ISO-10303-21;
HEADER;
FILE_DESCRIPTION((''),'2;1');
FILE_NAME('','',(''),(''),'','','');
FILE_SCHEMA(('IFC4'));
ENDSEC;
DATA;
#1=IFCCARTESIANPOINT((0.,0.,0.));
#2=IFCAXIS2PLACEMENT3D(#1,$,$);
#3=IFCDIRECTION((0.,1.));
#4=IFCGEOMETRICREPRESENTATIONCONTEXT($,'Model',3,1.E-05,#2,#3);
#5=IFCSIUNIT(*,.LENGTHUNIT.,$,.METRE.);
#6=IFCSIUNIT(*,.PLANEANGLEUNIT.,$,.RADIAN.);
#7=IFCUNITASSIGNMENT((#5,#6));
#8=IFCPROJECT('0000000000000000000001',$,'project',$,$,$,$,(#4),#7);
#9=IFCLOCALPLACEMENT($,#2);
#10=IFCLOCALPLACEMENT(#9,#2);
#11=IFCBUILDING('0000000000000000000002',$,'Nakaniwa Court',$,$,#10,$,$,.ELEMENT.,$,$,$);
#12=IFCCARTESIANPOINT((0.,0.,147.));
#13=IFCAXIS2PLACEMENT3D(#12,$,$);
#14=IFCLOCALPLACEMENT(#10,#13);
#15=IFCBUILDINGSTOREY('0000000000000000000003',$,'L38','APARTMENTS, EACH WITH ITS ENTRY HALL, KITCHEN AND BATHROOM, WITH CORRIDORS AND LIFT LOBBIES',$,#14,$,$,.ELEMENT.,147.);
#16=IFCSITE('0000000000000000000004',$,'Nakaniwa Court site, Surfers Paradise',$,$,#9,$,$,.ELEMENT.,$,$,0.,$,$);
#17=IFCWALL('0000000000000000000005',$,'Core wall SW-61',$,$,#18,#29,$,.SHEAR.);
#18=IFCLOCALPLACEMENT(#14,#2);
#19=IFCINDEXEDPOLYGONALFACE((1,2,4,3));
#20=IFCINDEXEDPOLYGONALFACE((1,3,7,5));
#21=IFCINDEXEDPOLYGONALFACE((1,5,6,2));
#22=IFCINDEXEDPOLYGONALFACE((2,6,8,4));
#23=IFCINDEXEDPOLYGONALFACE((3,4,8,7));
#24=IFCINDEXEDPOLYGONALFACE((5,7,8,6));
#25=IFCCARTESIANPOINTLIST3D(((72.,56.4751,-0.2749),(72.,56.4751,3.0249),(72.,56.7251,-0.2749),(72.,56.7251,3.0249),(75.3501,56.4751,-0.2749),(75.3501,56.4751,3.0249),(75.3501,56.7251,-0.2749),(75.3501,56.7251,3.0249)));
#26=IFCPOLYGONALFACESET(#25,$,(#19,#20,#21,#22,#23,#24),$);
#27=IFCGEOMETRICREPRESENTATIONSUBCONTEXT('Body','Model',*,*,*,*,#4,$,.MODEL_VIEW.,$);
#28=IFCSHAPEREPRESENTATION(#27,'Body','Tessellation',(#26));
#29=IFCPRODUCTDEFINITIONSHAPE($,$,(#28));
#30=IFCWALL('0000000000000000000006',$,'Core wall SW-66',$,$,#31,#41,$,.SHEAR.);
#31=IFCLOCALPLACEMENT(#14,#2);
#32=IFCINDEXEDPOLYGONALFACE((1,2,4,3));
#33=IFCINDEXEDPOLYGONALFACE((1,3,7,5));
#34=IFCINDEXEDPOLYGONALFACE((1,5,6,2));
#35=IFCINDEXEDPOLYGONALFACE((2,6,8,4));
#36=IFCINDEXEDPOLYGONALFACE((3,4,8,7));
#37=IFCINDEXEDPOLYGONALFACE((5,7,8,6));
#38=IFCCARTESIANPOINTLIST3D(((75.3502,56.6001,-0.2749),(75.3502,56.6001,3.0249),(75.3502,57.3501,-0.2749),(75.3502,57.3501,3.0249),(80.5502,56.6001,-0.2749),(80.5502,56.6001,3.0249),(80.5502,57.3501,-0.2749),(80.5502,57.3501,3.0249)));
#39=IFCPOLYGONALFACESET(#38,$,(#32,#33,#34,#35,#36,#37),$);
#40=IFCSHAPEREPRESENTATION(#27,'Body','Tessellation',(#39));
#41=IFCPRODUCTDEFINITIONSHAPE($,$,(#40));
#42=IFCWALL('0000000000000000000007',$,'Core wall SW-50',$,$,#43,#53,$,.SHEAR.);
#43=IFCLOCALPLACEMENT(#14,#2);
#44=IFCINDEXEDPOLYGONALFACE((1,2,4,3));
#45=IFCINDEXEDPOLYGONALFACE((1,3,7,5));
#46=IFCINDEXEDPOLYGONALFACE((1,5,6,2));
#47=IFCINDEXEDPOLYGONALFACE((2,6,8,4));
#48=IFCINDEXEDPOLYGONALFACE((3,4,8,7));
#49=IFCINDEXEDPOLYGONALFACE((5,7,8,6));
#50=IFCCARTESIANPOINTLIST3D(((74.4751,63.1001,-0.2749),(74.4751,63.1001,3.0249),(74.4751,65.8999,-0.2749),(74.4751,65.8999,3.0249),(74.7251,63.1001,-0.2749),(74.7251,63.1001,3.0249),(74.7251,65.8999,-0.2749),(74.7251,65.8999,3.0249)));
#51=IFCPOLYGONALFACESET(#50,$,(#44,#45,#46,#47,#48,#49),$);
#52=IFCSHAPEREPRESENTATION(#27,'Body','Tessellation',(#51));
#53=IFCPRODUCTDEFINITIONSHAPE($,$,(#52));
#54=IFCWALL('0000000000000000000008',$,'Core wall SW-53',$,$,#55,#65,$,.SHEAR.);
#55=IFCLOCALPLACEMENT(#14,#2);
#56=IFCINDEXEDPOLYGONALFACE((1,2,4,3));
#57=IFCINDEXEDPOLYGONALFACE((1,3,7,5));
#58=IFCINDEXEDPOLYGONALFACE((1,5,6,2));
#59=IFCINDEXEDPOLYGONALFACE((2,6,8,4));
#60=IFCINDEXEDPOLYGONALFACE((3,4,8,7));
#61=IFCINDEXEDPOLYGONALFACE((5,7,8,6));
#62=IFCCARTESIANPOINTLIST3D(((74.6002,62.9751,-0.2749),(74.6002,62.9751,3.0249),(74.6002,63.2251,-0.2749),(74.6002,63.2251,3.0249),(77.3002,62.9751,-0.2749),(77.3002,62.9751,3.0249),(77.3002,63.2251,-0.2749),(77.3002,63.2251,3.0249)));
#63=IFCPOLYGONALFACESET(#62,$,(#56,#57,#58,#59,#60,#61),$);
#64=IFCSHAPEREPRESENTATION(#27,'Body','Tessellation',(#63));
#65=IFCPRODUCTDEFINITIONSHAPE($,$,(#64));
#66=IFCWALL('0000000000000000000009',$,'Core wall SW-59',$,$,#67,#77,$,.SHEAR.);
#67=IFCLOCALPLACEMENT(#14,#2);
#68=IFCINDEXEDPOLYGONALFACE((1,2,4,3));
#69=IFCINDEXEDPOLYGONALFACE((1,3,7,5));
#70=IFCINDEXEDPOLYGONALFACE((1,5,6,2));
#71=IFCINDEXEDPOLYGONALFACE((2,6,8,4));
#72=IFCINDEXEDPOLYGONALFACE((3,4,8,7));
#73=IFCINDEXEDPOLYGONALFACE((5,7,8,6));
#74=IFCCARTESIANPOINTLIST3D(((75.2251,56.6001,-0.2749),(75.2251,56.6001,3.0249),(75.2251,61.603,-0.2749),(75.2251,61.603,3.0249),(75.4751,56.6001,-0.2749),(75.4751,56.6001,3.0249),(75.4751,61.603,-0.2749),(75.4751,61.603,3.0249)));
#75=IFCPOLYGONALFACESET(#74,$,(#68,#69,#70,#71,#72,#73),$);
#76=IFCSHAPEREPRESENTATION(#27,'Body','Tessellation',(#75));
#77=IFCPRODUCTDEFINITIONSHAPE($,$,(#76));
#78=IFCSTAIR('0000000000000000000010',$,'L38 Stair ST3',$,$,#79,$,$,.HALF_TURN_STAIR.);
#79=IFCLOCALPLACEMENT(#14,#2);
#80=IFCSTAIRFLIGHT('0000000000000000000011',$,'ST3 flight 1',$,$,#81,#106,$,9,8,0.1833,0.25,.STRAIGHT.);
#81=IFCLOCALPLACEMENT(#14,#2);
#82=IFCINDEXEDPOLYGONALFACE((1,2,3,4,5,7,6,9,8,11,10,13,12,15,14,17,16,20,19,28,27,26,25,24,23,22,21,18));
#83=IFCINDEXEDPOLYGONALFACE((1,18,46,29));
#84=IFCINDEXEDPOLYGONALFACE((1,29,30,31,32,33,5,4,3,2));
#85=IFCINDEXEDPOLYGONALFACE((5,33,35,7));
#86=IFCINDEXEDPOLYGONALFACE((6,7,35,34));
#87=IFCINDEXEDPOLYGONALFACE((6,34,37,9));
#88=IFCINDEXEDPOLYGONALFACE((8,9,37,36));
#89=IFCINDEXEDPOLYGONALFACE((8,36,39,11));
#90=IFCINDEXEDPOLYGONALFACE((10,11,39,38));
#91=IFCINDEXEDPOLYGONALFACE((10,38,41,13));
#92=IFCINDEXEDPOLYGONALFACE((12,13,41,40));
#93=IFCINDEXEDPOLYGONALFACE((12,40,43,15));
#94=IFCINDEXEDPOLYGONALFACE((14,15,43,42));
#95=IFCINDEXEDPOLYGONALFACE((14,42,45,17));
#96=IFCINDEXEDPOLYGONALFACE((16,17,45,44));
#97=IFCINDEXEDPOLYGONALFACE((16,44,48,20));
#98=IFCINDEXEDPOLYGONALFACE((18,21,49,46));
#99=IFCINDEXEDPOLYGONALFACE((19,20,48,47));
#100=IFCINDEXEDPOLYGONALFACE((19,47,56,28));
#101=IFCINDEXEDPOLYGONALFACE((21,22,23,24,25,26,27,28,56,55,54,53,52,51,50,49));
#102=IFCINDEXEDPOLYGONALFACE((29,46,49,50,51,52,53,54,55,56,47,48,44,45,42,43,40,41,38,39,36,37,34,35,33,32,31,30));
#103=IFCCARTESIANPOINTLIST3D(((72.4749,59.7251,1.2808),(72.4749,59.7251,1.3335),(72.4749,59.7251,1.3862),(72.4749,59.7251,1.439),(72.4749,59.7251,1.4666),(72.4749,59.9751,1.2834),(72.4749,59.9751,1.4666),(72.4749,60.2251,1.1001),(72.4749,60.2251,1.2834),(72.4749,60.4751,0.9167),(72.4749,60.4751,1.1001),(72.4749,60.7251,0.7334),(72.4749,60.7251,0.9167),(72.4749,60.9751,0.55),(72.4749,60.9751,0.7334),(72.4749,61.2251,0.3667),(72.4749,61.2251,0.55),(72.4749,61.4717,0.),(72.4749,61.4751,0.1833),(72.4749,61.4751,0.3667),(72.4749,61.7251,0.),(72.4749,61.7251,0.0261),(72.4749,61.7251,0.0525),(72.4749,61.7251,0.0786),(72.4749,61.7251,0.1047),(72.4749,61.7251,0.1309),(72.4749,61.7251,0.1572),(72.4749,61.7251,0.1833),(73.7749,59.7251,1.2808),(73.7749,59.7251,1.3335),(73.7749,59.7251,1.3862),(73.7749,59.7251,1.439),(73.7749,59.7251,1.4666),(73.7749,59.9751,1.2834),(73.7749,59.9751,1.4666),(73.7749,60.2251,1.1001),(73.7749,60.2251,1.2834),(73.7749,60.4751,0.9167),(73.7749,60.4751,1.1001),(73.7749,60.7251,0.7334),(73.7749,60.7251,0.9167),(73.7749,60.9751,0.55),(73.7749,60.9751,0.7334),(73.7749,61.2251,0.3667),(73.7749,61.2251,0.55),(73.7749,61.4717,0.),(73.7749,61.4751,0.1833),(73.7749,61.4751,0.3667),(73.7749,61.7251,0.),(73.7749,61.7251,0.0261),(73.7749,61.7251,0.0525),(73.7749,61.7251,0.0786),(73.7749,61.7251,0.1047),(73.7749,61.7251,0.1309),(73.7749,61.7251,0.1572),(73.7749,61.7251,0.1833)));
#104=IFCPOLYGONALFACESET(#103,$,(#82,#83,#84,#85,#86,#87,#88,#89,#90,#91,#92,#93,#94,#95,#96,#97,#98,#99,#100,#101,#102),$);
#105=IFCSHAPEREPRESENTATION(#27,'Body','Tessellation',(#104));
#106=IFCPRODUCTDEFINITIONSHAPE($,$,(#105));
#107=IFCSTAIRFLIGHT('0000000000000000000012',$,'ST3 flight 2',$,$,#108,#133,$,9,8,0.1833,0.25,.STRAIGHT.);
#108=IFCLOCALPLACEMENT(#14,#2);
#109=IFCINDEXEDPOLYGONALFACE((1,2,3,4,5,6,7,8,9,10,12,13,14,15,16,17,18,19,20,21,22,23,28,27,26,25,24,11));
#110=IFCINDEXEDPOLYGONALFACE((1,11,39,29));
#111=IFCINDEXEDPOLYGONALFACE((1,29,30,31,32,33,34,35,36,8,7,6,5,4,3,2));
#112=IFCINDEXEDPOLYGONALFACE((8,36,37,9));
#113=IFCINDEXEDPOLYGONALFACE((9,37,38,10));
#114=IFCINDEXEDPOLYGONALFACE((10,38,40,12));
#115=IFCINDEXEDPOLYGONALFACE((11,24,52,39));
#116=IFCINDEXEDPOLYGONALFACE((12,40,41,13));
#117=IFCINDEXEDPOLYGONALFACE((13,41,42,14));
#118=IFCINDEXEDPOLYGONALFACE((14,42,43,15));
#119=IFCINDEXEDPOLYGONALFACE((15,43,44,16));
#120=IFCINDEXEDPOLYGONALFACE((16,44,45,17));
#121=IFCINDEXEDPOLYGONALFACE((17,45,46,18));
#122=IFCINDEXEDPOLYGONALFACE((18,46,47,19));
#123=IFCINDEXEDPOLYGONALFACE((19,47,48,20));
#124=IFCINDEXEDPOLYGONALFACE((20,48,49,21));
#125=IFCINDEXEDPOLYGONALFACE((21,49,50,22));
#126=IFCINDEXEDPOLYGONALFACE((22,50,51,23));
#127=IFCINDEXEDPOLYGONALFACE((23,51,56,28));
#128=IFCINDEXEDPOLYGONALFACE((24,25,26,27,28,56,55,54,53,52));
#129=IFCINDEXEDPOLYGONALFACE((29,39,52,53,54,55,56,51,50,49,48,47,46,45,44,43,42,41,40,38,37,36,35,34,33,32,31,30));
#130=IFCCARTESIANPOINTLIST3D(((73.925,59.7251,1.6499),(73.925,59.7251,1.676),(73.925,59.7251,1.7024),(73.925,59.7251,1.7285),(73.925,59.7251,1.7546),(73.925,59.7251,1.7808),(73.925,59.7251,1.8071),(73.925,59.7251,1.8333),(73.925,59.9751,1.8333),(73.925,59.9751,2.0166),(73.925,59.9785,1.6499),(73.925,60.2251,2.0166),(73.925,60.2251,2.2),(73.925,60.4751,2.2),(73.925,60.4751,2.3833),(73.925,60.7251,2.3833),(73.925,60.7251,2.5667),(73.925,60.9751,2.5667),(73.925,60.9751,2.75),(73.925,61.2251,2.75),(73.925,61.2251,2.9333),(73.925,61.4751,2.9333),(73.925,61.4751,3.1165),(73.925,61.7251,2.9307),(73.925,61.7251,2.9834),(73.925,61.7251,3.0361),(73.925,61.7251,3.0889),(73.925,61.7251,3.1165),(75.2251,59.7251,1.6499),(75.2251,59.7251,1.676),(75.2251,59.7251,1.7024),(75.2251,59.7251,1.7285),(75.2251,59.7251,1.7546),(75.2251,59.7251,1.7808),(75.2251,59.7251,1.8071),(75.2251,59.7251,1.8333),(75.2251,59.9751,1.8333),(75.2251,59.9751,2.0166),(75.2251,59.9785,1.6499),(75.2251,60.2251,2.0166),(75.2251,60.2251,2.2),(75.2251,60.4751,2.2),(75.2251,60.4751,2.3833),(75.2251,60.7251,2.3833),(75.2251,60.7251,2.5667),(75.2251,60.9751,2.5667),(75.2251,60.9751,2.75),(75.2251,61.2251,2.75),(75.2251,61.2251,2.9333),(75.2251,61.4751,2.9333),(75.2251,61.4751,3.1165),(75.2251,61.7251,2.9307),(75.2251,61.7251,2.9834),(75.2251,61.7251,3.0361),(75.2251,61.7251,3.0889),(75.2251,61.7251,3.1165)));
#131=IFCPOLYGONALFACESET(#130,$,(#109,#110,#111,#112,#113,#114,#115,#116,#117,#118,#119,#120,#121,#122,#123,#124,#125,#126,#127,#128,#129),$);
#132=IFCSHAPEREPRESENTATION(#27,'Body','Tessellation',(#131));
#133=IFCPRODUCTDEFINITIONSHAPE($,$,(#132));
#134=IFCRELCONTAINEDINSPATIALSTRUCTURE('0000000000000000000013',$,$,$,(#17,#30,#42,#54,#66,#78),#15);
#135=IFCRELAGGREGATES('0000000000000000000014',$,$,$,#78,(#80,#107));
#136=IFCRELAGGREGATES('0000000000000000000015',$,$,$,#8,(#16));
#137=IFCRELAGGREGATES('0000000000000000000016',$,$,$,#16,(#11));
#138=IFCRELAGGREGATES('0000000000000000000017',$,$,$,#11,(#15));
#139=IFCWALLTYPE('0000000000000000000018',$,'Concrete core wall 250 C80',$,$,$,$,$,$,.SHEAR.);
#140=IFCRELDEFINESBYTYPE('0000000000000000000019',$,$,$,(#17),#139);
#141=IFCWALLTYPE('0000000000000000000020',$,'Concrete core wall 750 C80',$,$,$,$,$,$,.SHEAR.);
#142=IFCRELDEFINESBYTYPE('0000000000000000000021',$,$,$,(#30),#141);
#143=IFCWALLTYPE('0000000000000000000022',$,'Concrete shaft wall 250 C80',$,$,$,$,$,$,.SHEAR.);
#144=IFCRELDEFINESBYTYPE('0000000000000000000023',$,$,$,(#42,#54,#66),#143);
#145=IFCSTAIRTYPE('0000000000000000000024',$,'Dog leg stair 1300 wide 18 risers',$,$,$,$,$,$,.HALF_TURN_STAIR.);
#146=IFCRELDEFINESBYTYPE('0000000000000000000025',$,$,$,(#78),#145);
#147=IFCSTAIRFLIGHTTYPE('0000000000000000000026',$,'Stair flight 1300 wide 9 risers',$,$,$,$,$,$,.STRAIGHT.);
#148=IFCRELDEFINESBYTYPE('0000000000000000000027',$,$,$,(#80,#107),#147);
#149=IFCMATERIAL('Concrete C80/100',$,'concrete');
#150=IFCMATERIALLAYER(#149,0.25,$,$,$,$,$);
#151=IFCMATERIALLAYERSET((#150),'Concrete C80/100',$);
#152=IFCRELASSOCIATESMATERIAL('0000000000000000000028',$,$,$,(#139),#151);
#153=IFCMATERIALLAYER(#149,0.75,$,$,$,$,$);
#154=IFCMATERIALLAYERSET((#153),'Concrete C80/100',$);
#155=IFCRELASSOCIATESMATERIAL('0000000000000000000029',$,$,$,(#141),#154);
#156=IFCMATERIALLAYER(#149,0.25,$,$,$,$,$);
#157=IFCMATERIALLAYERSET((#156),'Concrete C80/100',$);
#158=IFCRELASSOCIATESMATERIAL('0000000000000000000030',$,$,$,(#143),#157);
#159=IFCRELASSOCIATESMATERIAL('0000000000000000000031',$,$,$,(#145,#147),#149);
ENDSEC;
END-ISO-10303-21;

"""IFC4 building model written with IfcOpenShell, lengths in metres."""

from ifc_helpers import new_model, si_unit, direction, frame, frame_2d, origin, place, context, subcontext, project, spatial, polyline, rectangle, outline, extrude, material, layer, layer_set, type_object, element, aggregate, save


model = new_model("IFC4")

# Units and contexts
model_context = context("Model", 3, precision=1e-05, world=origin(), true_north=direction((0.0, 1.0)))
body_context = subcontext(model_context, "Body", "Model", "MODEL_VIEW")
ifc_project = project(units=[si_unit("LENGTHUNIT", "METRE"), si_unit("PLANEANGLEUNIT", "RADIAN")], contexts=[model_context])

# Site, building, storey
site_placement = place(None, origin())
site = spatial("IfcSite", under=ifc_project, at=site_placement, Name="Nakaniwa Court site, Surfers Paradise", CompositionType="ELEMENT", RefElevation=0.0)
building_placement = place(site_placement, origin())
building = spatial("IfcBuilding", under=site, at=building_placement, Name="Nakaniwa Court", CompositionType="ELEMENT")
storey_placement = place(building_placement, frame((0.0, 0.0, 147.0)))
storey = spatial("IfcBuildingStorey", under=building, at=storey_placement, Name="L38", Description="APARTMENTS, EACH WITH ITS ENTRY HALL, KITCHEN AND BATHROOM, WITH CORRIDORS AND LIFT LOBBIES", CompositionType="ELEMENT", Elevation=147.0)

# Shared definitions
ifc_material_1 = material(Name="Concrete C80/100", Category="concrete")

# Walls
ifc_layer_1 = layer(ifc_material_1, 0.25)
ifc_layer_set_1 = layer_set([ifc_layer_1], Name="Concrete C80/100")
wall_type_1 = type_object("IfcWallType", Name="Concrete core wall 250 C80", PredefinedType="SHEAR", material=ifc_layer_set_1)
wall_1_placement = place(storey_placement, frame((72.0, 56.6001, -0.2749), z_axis=(0.0, 0.0, 1.0), x_axis=(1.0, 0.0, 0.0)))
element("IfcWall", 1, at=wall_1_placement, inside=storey, type_object=wall_type_1, Name="Core wall SW-61", PredefinedType="SHEAR", context=body_context, shape_type="SweptSolid", body=[
    extrude(rectangle(XDim=3.3501, YDim=0.25, at=frame_2d((1.675, 0.0))), origin(), (0.0, 0.0, 1.0), 3.2998),
])
ifc_layer_2 = layer(ifc_material_1, 0.75)
ifc_layer_set_2 = layer_set([ifc_layer_2], Name="Concrete C80/100")
wall_type_2 = type_object("IfcWallType", Name="Concrete core wall 750 C80", PredefinedType="SHEAR", material=ifc_layer_set_2)
wall_2_placement = place(storey_placement, frame((75.3501, 56.9751, -0.2749), z_axis=(0.0, 0.0, 1.0), x_axis=(1.0, 0.0, 0.0)))
element("IfcWall", 2, at=wall_2_placement, inside=storey, type_object=wall_type_2, Name="Core wall SW-66", PredefinedType="SHEAR", context=body_context, shape_type="SweptSolid", body=[
    extrude(rectangle(XDim=5.2, YDim=0.75, at=frame_2d((2.6001, 0.0))), origin(), (0.0, 0.0, 1.0), 3.2998),
])
ifc_layer_3 = layer(ifc_material_1, 0.25)
ifc_layer_set_3 = layer_set([ifc_layer_3], Name="Concrete C80/100")
wall_type_3 = type_object("IfcWallType", Name="Concrete shaft wall 250 C80", PredefinedType="SHEAR", material=ifc_layer_set_3)
wall_3_placement = place(storey_placement, frame((74.6001, 63.1001, -0.2749), z_axis=(0.0, 0.0, 1.0), x_axis=(0.0, 1.0, 0.0)))
element("IfcWall", 3, at=wall_3_placement, inside=storey, type_object=wall_type_3, Name="Core wall SW-50", PredefinedType="SHEAR", context=body_context, shape_type="SweptSolid", body=[
    extrude(rectangle(XDim=2.7998, YDim=0.25, at=frame_2d((1.3999, 0.0))), origin(), (0.0, 0.0, 1.0), 3.2998),
])
wall_4_placement = place(storey_placement, frame((74.6001, 63.1001, -0.2749), z_axis=(0.0, 0.0, 1.0), x_axis=(1.0, 0.0, 0.0)))
element("IfcWall", 4, at=wall_4_placement, inside=storey, type_object=wall_type_3, Name="Core wall SW-53", PredefinedType="SHEAR", context=body_context, shape_type="SweptSolid", body=[
    extrude(rectangle(XDim=2.7, YDim=0.25, at=frame_2d((1.3501, 0.0))), origin(), (0.0, 0.0, 1.0), 3.2998),
])
wall_5_placement = place(storey_placement, frame((75.3501, 56.6001, -0.2749), z_axis=(0.0, 0.0, 1.0), x_axis=(0.0, 1.0, 0.0)))
element("IfcWall", 5, at=wall_5_placement, inside=storey, type_object=wall_type_3, Name="Core wall SW-59", PredefinedType="SHEAR", context=body_context, shape_type="SweptSolid", body=[
    extrude(rectangle(XDim=5.0029, YDim=0.25, at=frame_2d((2.5015, 0.0))), origin(), (0.0, 0.0, 1.0), 3.2998),
])

# Stair, stair flights
stair_type = type_object("IfcStairType", Name="Dog leg stair 1300 wide 18 risers", PredefinedType="HALF_TURN_STAIR", material=ifc_material_1)
stair_placement = place(storey_placement, origin())
stair = element("IfcStair", 6, at=stair_placement, inside=storey, type_object=stair_type, Name="L38 Stair ST3", PredefinedType="HALF_TURN_STAIR")
stair_flight_type = type_object("IfcStairFlightType", Name="Stair flight 1300 wide 9 risers", PredefinedType="STRAIGHT", material=ifc_material_1)
stair_flight_1_placement = place(storey_placement, frame((73.125, 61.7251, 0.0), z_axis=(0.0, 0.0, 1.0), x_axis=(0.0, -1.0, 0.0)))
stair_flight_1 = element("IfcStairFlight", 7, at=stair_flight_1_placement, type_object=stair_flight_type, Name="ST3 flight 1", NumberOfRisers=9, NumberOfTreads=8, PredefinedType="STRAIGHT", RiserHeight=0.1833, TreadLength=0.25, context=body_context, shape_type="SweptSolid", body=[
    extrude(outline(polyline([(0.0, 0.0), (0.0, 0.0261), (0.0, 0.0525), (0.0, 0.0786), (0.0, 0.1047), (0.0, 0.1309), (0.0, 0.1572), (0.0, 0.1833), (0.25, 0.1833), (0.25, 0.3667), (0.5, 0.3667), (0.5, 0.55), (0.75, 0.55), (0.75, 0.7334), (1.0, 0.7334), (1.0, 0.9167), (1.25, 0.9167), (1.25, 1.1001), (1.5, 1.1001), (1.5, 1.2834), (1.75, 1.2834), (1.75, 1.4666), (2.0, 1.4666), (2.0, 1.6499), (2.0, 1.5972), (2.0, 1.5444), (2.0, 1.4917), (2.0, 1.439), (2.0, 1.3862), (2.0, 1.3335), (2.0, 1.2808), (0.2534, 0.0), (0.0, 0.0)])), frame((0.0, 0.6499, 0.0), z_axis=(0.0, -1.0, 0.0), x_axis=(1.0, 0.0, 0.0)), (0.0, 0.0, 1.0), 1.3),
])
stair_flight_2_placement = place(storey_placement, frame((74.575, 59.7251, 1.6499), z_axis=(0.0, 0.0, 1.0), x_axis=(0.0, 1.0, 0.0)))
stair_flight_2 = element("IfcStairFlight", 8, at=stair_flight_2_placement, type_object=stair_flight_type, Name="ST3 flight 2", NumberOfRisers=9, NumberOfTreads=8, PredefinedType="STRAIGHT", RiserHeight=0.1833, TreadLength=0.25, context=body_context, shape_type="SweptSolid", body=[
    extrude(outline(polyline([(0.0, 0.0), (0.0, 0.0261), (0.0, 0.0525), (0.0, 0.0786), (0.0, 0.1047), (0.0, 0.1309), (0.0, 0.1572), (0.0, 0.1833), (0.25, 0.1833), (0.25, 0.3667), (0.5, 0.3667), (0.5, 0.55), (0.75, 0.55), (0.75, 0.7334), (1.0, 0.7334), (1.0, 0.9167), (1.25, 0.9167), (1.25, 1.1001), (1.5, 1.1001), (1.5, 1.2834), (1.75, 1.2834), (1.75, 1.4666), (2.0, 1.4666), (2.0, 1.6499), (2.0, 1.5972), (2.0, 1.5444), (2.0, 1.4917), (2.0, 1.439), (2.0, 1.3862), (2.0, 1.3335), (2.0, 1.2808), (0.2534, 0.0), (0.0, 0.0)])), frame((0.0, 0.6499, 0.0), z_axis=(0.0, -1.0, 0.0), x_axis=(1.0, 0.0, 0.0)), (0.0, 0.0, 1.0), 1.3),
])
aggregate(stair, [stair_flight_1, stair_flight_2])

save(model, "model.ifc")
